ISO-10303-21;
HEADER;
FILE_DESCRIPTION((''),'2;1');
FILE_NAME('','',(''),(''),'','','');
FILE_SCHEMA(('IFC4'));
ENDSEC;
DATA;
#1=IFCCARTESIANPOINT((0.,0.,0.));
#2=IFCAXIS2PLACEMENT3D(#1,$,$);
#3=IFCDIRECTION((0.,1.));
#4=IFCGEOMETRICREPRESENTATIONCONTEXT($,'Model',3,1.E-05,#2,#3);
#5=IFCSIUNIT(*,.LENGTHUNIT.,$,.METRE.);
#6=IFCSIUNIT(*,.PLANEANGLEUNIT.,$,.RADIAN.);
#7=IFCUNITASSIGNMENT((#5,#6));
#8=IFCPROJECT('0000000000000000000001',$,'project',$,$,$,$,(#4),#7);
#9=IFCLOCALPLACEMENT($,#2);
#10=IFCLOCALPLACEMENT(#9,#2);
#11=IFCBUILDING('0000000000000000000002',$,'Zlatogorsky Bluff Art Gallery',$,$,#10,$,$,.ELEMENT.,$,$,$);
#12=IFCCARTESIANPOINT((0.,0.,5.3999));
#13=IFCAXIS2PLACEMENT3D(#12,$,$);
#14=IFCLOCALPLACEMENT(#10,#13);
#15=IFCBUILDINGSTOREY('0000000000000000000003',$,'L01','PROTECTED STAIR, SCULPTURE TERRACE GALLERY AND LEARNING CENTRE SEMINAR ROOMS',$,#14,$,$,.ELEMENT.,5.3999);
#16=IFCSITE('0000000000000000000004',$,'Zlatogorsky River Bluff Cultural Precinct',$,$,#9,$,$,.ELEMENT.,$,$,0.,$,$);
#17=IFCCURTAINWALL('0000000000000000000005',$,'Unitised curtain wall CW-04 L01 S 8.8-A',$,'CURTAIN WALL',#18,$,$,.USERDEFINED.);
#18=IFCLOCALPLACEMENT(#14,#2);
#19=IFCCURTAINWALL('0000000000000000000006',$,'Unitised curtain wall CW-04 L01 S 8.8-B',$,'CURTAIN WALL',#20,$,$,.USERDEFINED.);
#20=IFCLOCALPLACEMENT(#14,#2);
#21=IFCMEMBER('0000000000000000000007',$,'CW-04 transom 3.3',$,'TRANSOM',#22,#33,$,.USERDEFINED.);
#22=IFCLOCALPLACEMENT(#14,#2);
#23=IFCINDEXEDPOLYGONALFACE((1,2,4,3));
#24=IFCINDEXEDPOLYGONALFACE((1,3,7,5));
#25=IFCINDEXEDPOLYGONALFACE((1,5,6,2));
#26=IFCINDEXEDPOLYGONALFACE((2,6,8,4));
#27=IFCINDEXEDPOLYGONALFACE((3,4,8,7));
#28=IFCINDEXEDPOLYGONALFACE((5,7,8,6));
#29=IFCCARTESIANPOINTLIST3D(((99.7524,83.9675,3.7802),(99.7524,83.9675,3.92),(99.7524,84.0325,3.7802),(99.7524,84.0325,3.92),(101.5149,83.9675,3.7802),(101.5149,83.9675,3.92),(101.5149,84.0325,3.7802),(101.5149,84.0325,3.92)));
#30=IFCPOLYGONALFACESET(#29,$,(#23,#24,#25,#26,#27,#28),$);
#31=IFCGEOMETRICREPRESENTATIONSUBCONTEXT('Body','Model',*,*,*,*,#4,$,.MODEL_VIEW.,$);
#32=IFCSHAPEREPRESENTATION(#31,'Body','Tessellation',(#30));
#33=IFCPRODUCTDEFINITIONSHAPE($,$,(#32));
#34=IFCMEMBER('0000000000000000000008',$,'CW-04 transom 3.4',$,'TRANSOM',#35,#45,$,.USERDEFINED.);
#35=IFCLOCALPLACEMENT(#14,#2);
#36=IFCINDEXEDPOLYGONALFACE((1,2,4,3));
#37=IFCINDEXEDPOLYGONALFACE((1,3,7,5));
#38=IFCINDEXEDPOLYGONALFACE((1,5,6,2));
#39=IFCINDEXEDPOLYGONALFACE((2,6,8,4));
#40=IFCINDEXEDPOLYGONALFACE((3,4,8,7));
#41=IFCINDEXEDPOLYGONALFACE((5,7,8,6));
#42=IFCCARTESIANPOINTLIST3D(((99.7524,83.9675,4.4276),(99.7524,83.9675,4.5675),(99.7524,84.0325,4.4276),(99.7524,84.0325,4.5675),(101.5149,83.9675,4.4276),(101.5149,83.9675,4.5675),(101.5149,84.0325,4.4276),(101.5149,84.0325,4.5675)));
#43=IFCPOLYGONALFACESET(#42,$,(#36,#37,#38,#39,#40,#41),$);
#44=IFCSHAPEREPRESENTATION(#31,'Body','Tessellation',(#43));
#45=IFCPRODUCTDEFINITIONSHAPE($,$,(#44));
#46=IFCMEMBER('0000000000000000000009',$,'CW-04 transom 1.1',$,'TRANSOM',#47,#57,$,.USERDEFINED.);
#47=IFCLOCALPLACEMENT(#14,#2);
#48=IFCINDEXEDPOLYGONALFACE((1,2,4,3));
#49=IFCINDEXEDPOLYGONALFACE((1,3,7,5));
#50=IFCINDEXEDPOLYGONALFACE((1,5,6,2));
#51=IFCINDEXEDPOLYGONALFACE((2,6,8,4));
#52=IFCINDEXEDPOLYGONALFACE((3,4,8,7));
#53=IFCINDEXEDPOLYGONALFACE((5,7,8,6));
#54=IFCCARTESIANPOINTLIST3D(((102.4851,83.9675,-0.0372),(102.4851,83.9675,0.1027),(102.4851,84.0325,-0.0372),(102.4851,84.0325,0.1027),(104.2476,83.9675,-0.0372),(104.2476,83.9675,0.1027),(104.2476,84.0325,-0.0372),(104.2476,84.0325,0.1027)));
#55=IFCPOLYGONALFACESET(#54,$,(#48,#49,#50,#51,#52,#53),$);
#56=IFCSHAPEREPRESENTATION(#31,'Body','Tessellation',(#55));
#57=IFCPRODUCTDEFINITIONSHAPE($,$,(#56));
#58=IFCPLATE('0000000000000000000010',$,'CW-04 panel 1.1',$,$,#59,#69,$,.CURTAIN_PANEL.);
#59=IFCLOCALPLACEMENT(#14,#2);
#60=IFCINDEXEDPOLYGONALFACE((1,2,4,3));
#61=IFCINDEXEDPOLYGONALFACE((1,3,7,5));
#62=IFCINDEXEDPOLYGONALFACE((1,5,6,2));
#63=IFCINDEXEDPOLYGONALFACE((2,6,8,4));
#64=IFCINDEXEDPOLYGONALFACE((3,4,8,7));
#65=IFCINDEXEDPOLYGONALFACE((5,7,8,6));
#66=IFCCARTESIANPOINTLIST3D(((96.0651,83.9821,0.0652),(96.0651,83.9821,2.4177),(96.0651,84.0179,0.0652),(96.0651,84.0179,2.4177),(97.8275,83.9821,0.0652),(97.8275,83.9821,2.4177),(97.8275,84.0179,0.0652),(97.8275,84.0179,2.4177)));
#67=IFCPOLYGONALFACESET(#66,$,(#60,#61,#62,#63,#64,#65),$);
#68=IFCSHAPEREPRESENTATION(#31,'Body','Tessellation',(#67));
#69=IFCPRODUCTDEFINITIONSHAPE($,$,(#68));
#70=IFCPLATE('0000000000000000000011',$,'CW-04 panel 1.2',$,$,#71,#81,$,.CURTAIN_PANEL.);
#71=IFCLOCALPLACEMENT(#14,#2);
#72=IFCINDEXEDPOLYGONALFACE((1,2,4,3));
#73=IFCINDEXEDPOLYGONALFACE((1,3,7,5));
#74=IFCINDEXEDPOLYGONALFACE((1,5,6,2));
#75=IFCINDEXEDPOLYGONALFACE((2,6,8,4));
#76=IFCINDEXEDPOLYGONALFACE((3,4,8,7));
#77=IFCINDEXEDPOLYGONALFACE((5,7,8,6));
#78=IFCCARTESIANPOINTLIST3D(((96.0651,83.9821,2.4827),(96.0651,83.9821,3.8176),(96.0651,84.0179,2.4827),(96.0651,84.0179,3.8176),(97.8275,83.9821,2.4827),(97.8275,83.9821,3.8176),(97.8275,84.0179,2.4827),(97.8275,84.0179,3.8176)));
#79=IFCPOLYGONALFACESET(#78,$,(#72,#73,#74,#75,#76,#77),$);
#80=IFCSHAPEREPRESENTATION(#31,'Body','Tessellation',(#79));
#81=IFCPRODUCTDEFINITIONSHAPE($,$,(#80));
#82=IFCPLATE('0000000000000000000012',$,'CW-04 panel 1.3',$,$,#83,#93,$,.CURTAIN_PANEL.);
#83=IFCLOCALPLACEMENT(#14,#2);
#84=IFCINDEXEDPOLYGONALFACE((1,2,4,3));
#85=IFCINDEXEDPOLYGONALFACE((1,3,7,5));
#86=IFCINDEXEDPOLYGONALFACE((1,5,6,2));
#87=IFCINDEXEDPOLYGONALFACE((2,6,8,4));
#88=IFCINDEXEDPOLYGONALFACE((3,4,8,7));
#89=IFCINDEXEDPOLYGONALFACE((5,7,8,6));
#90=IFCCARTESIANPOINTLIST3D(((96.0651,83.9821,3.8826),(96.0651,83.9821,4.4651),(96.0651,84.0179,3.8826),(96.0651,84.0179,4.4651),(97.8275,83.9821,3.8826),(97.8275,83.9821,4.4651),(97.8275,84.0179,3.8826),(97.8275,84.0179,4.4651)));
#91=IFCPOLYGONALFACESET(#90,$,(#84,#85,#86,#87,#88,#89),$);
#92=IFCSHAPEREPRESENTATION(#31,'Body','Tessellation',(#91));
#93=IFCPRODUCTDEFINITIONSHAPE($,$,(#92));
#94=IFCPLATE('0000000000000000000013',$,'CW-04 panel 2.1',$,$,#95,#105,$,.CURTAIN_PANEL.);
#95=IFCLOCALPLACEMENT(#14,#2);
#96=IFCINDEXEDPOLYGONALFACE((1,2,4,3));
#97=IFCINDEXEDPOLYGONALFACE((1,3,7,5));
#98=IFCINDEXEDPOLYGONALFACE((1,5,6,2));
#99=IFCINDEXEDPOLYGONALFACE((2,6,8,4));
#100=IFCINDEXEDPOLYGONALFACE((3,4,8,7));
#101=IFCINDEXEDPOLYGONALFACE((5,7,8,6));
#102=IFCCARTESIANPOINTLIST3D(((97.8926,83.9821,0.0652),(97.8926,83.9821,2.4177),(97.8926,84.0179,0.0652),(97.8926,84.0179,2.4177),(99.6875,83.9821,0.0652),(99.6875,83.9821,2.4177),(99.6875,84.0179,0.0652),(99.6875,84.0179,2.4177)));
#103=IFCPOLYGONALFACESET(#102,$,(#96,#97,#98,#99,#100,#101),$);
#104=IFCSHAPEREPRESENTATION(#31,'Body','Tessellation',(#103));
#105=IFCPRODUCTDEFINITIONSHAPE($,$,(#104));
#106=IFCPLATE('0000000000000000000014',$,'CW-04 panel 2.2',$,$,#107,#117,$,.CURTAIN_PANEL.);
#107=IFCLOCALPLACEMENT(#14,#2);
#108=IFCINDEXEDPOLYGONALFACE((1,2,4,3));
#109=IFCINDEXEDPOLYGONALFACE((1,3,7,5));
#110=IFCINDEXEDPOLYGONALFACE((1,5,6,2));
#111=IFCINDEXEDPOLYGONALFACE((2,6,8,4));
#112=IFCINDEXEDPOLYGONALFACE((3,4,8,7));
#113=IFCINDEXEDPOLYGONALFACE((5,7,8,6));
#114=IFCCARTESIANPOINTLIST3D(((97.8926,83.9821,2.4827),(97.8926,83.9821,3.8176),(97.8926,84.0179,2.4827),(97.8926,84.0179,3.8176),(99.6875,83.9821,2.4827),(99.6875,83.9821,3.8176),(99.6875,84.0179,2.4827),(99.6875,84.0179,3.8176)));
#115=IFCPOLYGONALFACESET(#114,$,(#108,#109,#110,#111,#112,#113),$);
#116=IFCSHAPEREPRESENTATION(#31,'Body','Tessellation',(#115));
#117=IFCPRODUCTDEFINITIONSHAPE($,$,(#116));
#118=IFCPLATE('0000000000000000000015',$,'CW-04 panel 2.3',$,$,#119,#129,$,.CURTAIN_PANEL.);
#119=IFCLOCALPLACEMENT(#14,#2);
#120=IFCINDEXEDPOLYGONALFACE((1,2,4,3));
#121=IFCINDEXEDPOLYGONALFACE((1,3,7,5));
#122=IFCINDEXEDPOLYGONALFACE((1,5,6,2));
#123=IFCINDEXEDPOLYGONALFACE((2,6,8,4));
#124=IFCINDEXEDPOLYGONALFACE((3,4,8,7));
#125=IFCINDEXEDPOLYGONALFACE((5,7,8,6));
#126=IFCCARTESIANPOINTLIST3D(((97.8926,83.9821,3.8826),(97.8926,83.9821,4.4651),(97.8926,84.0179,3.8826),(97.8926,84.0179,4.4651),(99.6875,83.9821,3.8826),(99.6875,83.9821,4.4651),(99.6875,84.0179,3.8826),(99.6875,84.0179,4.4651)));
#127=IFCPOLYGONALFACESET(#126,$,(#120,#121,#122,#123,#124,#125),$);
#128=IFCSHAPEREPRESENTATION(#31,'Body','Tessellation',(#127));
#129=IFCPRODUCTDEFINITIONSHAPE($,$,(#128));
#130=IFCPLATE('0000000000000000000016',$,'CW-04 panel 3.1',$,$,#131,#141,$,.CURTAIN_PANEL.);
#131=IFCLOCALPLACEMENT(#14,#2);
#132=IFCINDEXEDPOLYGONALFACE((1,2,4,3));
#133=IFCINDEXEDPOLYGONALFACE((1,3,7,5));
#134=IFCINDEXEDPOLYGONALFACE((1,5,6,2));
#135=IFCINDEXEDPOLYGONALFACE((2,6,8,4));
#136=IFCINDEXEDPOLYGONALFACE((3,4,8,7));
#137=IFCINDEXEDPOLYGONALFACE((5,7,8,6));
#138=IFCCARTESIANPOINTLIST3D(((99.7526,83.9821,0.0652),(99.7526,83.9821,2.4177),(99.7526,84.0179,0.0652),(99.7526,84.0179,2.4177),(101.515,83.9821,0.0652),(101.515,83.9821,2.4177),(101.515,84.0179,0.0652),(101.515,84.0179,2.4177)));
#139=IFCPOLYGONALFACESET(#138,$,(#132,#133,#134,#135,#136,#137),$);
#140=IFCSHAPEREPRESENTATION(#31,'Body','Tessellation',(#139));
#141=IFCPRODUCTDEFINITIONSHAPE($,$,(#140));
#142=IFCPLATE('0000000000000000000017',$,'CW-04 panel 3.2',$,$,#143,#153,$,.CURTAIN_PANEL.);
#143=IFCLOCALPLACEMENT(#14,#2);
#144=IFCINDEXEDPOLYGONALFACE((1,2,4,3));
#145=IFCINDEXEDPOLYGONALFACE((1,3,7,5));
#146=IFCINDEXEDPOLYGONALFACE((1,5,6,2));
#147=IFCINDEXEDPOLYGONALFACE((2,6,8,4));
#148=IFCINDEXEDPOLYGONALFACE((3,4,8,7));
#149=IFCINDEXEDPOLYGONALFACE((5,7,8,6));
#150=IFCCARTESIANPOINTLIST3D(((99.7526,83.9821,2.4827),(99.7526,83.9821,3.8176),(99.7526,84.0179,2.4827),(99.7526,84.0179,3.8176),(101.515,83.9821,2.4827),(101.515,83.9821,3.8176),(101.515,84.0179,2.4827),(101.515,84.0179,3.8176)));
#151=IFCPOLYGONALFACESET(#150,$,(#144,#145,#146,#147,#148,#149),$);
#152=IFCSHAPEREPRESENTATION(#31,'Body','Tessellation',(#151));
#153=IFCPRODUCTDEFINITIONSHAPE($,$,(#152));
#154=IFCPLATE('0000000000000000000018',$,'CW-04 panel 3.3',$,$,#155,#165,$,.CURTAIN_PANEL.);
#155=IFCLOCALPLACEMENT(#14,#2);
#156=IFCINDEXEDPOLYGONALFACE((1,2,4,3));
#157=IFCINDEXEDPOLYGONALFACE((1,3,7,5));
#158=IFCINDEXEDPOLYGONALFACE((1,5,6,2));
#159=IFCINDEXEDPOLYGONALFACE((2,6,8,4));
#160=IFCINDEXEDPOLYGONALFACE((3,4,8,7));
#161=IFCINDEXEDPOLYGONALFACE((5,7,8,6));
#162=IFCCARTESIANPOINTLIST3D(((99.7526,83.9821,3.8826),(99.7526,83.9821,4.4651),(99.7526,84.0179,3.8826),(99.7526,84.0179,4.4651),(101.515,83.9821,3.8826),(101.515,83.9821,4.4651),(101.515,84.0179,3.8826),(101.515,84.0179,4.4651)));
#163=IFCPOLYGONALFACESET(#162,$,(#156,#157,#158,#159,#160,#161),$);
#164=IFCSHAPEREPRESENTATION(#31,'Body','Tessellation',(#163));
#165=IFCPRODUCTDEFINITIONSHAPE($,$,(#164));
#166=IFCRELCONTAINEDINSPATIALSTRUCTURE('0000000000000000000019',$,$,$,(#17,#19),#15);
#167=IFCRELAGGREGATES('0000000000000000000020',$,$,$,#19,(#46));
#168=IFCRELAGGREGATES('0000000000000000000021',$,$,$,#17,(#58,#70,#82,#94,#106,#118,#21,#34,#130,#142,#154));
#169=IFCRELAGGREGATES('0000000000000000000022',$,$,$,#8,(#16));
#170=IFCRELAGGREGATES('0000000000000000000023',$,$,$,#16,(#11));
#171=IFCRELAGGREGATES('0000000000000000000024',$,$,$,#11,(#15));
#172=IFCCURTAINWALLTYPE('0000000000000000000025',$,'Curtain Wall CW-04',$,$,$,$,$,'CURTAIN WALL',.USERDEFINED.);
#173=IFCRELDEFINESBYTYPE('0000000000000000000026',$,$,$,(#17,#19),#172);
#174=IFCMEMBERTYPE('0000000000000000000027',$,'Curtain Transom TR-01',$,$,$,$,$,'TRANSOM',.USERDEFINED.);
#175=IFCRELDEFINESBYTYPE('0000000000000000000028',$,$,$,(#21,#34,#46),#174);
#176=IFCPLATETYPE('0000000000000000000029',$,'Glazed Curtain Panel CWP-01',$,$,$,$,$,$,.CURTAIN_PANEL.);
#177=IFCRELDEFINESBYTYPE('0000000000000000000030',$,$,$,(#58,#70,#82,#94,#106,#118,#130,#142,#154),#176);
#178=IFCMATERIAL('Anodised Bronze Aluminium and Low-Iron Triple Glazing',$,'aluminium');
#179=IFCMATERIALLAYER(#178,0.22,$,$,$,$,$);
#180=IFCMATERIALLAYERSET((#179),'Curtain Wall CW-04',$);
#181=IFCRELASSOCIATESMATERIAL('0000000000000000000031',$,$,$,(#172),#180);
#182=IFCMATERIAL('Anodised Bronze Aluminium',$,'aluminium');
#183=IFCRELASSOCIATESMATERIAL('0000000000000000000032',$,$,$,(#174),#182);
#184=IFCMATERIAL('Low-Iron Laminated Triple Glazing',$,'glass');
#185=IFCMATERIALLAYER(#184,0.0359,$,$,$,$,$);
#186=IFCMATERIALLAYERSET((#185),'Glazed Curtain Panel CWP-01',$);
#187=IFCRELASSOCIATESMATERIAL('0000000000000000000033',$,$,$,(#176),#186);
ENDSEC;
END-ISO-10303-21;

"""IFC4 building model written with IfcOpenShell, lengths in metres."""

from ifc_helpers import new_model, si_unit, direction, frame, origin, origin_2d, place, context, subcontext, project, spatial, rectangle, extrude, material, layer, layer_set, material_profile, profile_set, type_object, element, aggregate, save


model = new_model("IFC4")

# Units and contexts
model_context = context("Model", 3, precision=1e-05, world=origin(), true_north=direction((0.0, 1.0)))
body_context = subcontext(model_context, "Body", "Model", "MODEL_VIEW")
ifc_project = project(units=[si_unit("LENGTHUNIT", "METRE"), si_unit("PLANEANGLEUNIT", "RADIAN")], contexts=[model_context])

# Site, building, storey
site_placement = place(None, origin())
site = spatial("IfcSite", under=ifc_project, at=site_placement, Name="Zlatogorsky River Bluff Cultural Precinct", CompositionType="ELEMENT", RefElevation=0.0)
building_placement = place(site_placement, origin())
building = spatial("IfcBuilding", under=site, at=building_placement, Name="Zlatogorsky Bluff Art Gallery", CompositionType="ELEMENT")
storey_placement = place(building_placement, frame((0.0, 0.0, 5.3999)))
storey = spatial("IfcBuildingStorey", under=building, at=storey_placement, Name="L01", Description="PROTECTED STAIR, SCULPTURE TERRACE GALLERY AND LEARNING CENTRE SEMINAR ROOMS", CompositionType="ELEMENT", Elevation=5.3999)

# Curtain wall
ifc_material_1 = material(Name="Anodised Bronze Aluminium and Low-Iron Triple Glazing", Category="aluminium")
ifc_layer_1 = layer(ifc_material_1, 0.22)
ifc_layer_set_1 = layer_set([ifc_layer_1], Name="Curtain Wall CW-04")
curtain_wall_type = type_object("IfcCurtainWallType", Name="Curtain Wall CW-04", ElementType="CURTAIN WALL", PredefinedType="USERDEFINED", material=ifc_layer_set_1)
curtain_wall_1_placement = place(storey_placement, origin())
curtain_wall_1 = element("IfcCurtainWall", 1, at=curtain_wall_1_placement, inside=storey, type_object=curtain_wall_type, Name="Unitised curtain wall CW-04 L01 S 8.8-A", ObjectType="CURTAIN WALL", PredefinedType="USERDEFINED")
ifc_material_2 = material(Name="Anodised Bronze Aluminium", Category="aluminium")

# Curtain wall
curtain_wall_2_placement = place(storey_placement, origin())
curtain_wall_2 = element("IfcCurtainWall", 2, at=curtain_wall_2_placement, inside=storey, type_object=curtain_wall_type, Name="Unitised curtain wall CW-04 L01 S 8.8-B", ObjectType="CURTAIN WALL", PredefinedType="USERDEFINED")

# Members
ifc_material_profile_1 = material_profile(ifc_material_2, rectangle(XDim=0.0649, YDim=0.1399, at=origin_2d()), Name="ALU TRANSOM 65x140")
ifc_profile_set_1 = profile_set([ifc_material_profile_1], Name="Anodised Bronze Aluminium")
member_type_1 = type_object("IfcMemberType", Name="Curtain Transom TR-01", ElementType="TRANSOM", PredefinedType="USERDEFINED", material=ifc_profile_set_1)
member_1_placement = place(storey_placement, frame((99.7524, 84.0, 3.8501), z_axis=(1.0, 0.0, 0.0), x_axis=(0.0, 1.0, 0.0)))
member_1 = element("IfcMember", 3, at=member_1_placement, type_object=member_type_1, Name="CW-04 transom 3.3", ObjectType="TRANSOM", PredefinedType="USERDEFINED", context=body_context, shape_type="SweptSolid", body=[
    extrude(rectangle(XDim=0.0649, YDim=0.1399, at=origin_2d()), origin(), (0.0, 0.0, 1.0), 1.7625),
])
member_2_placement = place(storey_placement, frame((99.7524, 84.0, 4.4976), z_axis=(1.0, 0.0, 0.0), x_axis=(0.0, 1.0, 0.0)))
member_2 = element("IfcMember", 4, at=member_2_placement, type_object=member_type_1, Name="CW-04 transom 3.4", ObjectType="TRANSOM", PredefinedType="USERDEFINED", context=body_context, shape_type="SweptSolid", body=[
    extrude(rectangle(XDim=0.0649, YDim=0.1399, at=origin_2d()), origin(), (0.0, 0.0, 1.0), 1.7625),
])
member_3_placement = place(storey_placement, frame((102.4851, 84.0, 0.0327), z_axis=(1.0, 0.0, 0.0), x_axis=(0.0, 1.0, 0.0)))
member_3 = element("IfcMember", 5, at=member_3_placement, type_object=member_type_1, Name="CW-04 transom 1.1", ObjectType="TRANSOM", PredefinedType="USERDEFINED", context=body_context, shape_type="SweptSolid", body=[
    extrude(rectangle(XDim=0.0649, YDim=0.1399, at=origin_2d()), origin(), (0.0, 0.0, 1.0), 1.7625),
])
aggregate(curtain_wall_2, [member_3])

# Plates
ifc_material_3 = material(Name="Low-Iron Laminated Triple Glazing", Category="glass")
ifc_layer_2 = layer(ifc_material_3, 0.0359)
ifc_layer_set_2 = layer_set([ifc_layer_2], Name="Glazed Curtain Panel CWP-01")
plate_type = type_object("IfcPlateType", Name="Glazed Curtain Panel CWP-01", PredefinedType="CURTAIN_PANEL", material=ifc_layer_set_2)
plate_1_placement = place(storey_placement, frame((96.9463, 84.0, 0.0652), z_axis=(0.0, 0.0, 1.0), x_axis=(1.0, 0.0, 0.0)))
plate_1 = element("IfcPlate", 6, at=plate_1_placement, type_object=plate_type, Name="CW-04 panel 1.1", PredefinedType="CURTAIN_PANEL", context=body_context, shape_type="SweptSolid", body=[
    extrude(rectangle(XDim=1.7625, YDim=0.0359, at=origin_2d()), origin(), (0.0, 0.0, 1.0), 2.3525),
])
plate_2_placement = place(storey_placement, frame((96.9463, 84.0, 2.4827), z_axis=(0.0, 0.0, 1.0), x_axis=(1.0, 0.0, 0.0)))
plate_2 = element("IfcPlate", 7, at=plate_2_placement, type_object=plate_type, Name="CW-04 panel 1.2", PredefinedType="CURTAIN_PANEL", context=body_context, shape_type="SweptSolid", body=[
    extrude(rectangle(XDim=1.7625, YDim=0.0359, at=origin_2d()), origin(), (0.0, 0.0, 1.0), 1.335),
])
plate_3_placement = place(storey_placement, frame((96.9463, 84.0, 3.8826), z_axis=(0.0, 0.0, 1.0), x_axis=(1.0, 0.0, 0.0)))
plate_3 = element("IfcPlate", 8, at=plate_3_placement, type_object=plate_type, Name="CW-04 panel 1.3", PredefinedType="CURTAIN_PANEL", context=body_context, shape_type="SweptSolid", body=[
    extrude(rectangle(XDim=1.7625, YDim=0.0359, at=origin_2d()), origin(), (0.0, 0.0, 1.0), 0.5825),
])
plate_4_placement = place(storey_placement, frame((98.79, 84.0, 0.0652), z_axis=(0.0, 0.0, 1.0), x_axis=(1.0, 0.0, 0.0)))
plate_4 = element("IfcPlate", 9, at=plate_4_placement, type_object=plate_type, Name="CW-04 panel 2.1", PredefinedType="CURTAIN_PANEL", context=body_context, shape_type="SweptSolid", body=[
    extrude(rectangle(XDim=1.7949, YDim=0.0359, at=origin_2d()), origin(), (0.0, 0.0, 1.0), 2.3525),
])
plate_5_placement = place(storey_placement, frame((98.79, 84.0, 2.4827), z_axis=(0.0, 0.0, 1.0), x_axis=(1.0, 0.0, 0.0)))
plate_5 = element("IfcPlate", 10, at=plate_5_placement, type_object=plate_type, Name="CW-04 panel 2.2", PredefinedType="CURTAIN_PANEL", context=body_context, shape_type="SweptSolid", body=[
    extrude(rectangle(XDim=1.7949, YDim=0.0359, at=origin_2d()), origin(), (0.0, 0.0, 1.0), 1.335),
])
plate_6_placement = place(storey_placement, frame((98.79, 84.0, 3.8826), z_axis=(0.0, 0.0, 1.0), x_axis=(1.0, 0.0, 0.0)))
plate_6 = element("IfcPlate", 11, at=plate_6_placement, type_object=plate_type, Name="CW-04 panel 2.3", PredefinedType="CURTAIN_PANEL", context=body_context, shape_type="SweptSolid", body=[
    extrude(rectangle(XDim=1.7949, YDim=0.0359, at=origin_2d()), origin(), (0.0, 0.0, 1.0), 0.5825),
])
plate_7_placement = place(storey_placement, frame((100.6338, 84.0, 0.0652), z_axis=(0.0, 0.0, 1.0), x_axis=(1.0, 0.0, 0.0)))
plate_7 = element("IfcPlate", 12, at=plate_7_placement, type_object=plate_type, Name="CW-04 panel 3.1", PredefinedType="CURTAIN_PANEL", context=body_context, shape_type="SweptSolid", body=[
    extrude(rectangle(XDim=1.7625, YDim=0.0359, at=origin_2d()), origin(), (0.0, 0.0, 1.0), 2.3525),
])
plate_8_placement = place(storey_placement, frame((100.6338, 84.0, 2.4827), z_axis=(0.0, 0.0, 1.0), x_axis=(1.0, 0.0, 0.0)))
plate_8 = element("IfcPlate", 13, at=plate_8_placement, type_object=plate_type, Name="CW-04 panel 3.2", PredefinedType="CURTAIN_PANEL", context=body_context, shape_type="SweptSolid", body=[
    extrude(rectangle(XDim=1.7625, YDim=0.0359, at=origin_2d()), origin(), (0.0, 0.0, 1.0), 1.335),
])
plate_9_placement = place(storey_placement, frame((100.6338, 84.0, 3.8826), z_axis=(0.0, 0.0, 1.0), x_axis=(1.0, 0.0, 0.0)))
plate_9 = element("IfcPlate", 14, at=plate_9_placement, type_object=plate_type, Name="CW-04 panel 3.3", PredefinedType="CURTAIN_PANEL", context=body_context, shape_type="SweptSolid", body=[
    extrude(rectangle(XDim=1.7625, YDim=0.0359, at=origin_2d()), origin(), (0.0, 0.0, 1.0), 0.5825),
])
aggregate(curtain_wall_1, [plate_1, plate_2, plate_3, plate_4, plate_5, plate_6, member_1, member_2, plate_7, plate_8, plate_9])

save(model, "model.ifc")
